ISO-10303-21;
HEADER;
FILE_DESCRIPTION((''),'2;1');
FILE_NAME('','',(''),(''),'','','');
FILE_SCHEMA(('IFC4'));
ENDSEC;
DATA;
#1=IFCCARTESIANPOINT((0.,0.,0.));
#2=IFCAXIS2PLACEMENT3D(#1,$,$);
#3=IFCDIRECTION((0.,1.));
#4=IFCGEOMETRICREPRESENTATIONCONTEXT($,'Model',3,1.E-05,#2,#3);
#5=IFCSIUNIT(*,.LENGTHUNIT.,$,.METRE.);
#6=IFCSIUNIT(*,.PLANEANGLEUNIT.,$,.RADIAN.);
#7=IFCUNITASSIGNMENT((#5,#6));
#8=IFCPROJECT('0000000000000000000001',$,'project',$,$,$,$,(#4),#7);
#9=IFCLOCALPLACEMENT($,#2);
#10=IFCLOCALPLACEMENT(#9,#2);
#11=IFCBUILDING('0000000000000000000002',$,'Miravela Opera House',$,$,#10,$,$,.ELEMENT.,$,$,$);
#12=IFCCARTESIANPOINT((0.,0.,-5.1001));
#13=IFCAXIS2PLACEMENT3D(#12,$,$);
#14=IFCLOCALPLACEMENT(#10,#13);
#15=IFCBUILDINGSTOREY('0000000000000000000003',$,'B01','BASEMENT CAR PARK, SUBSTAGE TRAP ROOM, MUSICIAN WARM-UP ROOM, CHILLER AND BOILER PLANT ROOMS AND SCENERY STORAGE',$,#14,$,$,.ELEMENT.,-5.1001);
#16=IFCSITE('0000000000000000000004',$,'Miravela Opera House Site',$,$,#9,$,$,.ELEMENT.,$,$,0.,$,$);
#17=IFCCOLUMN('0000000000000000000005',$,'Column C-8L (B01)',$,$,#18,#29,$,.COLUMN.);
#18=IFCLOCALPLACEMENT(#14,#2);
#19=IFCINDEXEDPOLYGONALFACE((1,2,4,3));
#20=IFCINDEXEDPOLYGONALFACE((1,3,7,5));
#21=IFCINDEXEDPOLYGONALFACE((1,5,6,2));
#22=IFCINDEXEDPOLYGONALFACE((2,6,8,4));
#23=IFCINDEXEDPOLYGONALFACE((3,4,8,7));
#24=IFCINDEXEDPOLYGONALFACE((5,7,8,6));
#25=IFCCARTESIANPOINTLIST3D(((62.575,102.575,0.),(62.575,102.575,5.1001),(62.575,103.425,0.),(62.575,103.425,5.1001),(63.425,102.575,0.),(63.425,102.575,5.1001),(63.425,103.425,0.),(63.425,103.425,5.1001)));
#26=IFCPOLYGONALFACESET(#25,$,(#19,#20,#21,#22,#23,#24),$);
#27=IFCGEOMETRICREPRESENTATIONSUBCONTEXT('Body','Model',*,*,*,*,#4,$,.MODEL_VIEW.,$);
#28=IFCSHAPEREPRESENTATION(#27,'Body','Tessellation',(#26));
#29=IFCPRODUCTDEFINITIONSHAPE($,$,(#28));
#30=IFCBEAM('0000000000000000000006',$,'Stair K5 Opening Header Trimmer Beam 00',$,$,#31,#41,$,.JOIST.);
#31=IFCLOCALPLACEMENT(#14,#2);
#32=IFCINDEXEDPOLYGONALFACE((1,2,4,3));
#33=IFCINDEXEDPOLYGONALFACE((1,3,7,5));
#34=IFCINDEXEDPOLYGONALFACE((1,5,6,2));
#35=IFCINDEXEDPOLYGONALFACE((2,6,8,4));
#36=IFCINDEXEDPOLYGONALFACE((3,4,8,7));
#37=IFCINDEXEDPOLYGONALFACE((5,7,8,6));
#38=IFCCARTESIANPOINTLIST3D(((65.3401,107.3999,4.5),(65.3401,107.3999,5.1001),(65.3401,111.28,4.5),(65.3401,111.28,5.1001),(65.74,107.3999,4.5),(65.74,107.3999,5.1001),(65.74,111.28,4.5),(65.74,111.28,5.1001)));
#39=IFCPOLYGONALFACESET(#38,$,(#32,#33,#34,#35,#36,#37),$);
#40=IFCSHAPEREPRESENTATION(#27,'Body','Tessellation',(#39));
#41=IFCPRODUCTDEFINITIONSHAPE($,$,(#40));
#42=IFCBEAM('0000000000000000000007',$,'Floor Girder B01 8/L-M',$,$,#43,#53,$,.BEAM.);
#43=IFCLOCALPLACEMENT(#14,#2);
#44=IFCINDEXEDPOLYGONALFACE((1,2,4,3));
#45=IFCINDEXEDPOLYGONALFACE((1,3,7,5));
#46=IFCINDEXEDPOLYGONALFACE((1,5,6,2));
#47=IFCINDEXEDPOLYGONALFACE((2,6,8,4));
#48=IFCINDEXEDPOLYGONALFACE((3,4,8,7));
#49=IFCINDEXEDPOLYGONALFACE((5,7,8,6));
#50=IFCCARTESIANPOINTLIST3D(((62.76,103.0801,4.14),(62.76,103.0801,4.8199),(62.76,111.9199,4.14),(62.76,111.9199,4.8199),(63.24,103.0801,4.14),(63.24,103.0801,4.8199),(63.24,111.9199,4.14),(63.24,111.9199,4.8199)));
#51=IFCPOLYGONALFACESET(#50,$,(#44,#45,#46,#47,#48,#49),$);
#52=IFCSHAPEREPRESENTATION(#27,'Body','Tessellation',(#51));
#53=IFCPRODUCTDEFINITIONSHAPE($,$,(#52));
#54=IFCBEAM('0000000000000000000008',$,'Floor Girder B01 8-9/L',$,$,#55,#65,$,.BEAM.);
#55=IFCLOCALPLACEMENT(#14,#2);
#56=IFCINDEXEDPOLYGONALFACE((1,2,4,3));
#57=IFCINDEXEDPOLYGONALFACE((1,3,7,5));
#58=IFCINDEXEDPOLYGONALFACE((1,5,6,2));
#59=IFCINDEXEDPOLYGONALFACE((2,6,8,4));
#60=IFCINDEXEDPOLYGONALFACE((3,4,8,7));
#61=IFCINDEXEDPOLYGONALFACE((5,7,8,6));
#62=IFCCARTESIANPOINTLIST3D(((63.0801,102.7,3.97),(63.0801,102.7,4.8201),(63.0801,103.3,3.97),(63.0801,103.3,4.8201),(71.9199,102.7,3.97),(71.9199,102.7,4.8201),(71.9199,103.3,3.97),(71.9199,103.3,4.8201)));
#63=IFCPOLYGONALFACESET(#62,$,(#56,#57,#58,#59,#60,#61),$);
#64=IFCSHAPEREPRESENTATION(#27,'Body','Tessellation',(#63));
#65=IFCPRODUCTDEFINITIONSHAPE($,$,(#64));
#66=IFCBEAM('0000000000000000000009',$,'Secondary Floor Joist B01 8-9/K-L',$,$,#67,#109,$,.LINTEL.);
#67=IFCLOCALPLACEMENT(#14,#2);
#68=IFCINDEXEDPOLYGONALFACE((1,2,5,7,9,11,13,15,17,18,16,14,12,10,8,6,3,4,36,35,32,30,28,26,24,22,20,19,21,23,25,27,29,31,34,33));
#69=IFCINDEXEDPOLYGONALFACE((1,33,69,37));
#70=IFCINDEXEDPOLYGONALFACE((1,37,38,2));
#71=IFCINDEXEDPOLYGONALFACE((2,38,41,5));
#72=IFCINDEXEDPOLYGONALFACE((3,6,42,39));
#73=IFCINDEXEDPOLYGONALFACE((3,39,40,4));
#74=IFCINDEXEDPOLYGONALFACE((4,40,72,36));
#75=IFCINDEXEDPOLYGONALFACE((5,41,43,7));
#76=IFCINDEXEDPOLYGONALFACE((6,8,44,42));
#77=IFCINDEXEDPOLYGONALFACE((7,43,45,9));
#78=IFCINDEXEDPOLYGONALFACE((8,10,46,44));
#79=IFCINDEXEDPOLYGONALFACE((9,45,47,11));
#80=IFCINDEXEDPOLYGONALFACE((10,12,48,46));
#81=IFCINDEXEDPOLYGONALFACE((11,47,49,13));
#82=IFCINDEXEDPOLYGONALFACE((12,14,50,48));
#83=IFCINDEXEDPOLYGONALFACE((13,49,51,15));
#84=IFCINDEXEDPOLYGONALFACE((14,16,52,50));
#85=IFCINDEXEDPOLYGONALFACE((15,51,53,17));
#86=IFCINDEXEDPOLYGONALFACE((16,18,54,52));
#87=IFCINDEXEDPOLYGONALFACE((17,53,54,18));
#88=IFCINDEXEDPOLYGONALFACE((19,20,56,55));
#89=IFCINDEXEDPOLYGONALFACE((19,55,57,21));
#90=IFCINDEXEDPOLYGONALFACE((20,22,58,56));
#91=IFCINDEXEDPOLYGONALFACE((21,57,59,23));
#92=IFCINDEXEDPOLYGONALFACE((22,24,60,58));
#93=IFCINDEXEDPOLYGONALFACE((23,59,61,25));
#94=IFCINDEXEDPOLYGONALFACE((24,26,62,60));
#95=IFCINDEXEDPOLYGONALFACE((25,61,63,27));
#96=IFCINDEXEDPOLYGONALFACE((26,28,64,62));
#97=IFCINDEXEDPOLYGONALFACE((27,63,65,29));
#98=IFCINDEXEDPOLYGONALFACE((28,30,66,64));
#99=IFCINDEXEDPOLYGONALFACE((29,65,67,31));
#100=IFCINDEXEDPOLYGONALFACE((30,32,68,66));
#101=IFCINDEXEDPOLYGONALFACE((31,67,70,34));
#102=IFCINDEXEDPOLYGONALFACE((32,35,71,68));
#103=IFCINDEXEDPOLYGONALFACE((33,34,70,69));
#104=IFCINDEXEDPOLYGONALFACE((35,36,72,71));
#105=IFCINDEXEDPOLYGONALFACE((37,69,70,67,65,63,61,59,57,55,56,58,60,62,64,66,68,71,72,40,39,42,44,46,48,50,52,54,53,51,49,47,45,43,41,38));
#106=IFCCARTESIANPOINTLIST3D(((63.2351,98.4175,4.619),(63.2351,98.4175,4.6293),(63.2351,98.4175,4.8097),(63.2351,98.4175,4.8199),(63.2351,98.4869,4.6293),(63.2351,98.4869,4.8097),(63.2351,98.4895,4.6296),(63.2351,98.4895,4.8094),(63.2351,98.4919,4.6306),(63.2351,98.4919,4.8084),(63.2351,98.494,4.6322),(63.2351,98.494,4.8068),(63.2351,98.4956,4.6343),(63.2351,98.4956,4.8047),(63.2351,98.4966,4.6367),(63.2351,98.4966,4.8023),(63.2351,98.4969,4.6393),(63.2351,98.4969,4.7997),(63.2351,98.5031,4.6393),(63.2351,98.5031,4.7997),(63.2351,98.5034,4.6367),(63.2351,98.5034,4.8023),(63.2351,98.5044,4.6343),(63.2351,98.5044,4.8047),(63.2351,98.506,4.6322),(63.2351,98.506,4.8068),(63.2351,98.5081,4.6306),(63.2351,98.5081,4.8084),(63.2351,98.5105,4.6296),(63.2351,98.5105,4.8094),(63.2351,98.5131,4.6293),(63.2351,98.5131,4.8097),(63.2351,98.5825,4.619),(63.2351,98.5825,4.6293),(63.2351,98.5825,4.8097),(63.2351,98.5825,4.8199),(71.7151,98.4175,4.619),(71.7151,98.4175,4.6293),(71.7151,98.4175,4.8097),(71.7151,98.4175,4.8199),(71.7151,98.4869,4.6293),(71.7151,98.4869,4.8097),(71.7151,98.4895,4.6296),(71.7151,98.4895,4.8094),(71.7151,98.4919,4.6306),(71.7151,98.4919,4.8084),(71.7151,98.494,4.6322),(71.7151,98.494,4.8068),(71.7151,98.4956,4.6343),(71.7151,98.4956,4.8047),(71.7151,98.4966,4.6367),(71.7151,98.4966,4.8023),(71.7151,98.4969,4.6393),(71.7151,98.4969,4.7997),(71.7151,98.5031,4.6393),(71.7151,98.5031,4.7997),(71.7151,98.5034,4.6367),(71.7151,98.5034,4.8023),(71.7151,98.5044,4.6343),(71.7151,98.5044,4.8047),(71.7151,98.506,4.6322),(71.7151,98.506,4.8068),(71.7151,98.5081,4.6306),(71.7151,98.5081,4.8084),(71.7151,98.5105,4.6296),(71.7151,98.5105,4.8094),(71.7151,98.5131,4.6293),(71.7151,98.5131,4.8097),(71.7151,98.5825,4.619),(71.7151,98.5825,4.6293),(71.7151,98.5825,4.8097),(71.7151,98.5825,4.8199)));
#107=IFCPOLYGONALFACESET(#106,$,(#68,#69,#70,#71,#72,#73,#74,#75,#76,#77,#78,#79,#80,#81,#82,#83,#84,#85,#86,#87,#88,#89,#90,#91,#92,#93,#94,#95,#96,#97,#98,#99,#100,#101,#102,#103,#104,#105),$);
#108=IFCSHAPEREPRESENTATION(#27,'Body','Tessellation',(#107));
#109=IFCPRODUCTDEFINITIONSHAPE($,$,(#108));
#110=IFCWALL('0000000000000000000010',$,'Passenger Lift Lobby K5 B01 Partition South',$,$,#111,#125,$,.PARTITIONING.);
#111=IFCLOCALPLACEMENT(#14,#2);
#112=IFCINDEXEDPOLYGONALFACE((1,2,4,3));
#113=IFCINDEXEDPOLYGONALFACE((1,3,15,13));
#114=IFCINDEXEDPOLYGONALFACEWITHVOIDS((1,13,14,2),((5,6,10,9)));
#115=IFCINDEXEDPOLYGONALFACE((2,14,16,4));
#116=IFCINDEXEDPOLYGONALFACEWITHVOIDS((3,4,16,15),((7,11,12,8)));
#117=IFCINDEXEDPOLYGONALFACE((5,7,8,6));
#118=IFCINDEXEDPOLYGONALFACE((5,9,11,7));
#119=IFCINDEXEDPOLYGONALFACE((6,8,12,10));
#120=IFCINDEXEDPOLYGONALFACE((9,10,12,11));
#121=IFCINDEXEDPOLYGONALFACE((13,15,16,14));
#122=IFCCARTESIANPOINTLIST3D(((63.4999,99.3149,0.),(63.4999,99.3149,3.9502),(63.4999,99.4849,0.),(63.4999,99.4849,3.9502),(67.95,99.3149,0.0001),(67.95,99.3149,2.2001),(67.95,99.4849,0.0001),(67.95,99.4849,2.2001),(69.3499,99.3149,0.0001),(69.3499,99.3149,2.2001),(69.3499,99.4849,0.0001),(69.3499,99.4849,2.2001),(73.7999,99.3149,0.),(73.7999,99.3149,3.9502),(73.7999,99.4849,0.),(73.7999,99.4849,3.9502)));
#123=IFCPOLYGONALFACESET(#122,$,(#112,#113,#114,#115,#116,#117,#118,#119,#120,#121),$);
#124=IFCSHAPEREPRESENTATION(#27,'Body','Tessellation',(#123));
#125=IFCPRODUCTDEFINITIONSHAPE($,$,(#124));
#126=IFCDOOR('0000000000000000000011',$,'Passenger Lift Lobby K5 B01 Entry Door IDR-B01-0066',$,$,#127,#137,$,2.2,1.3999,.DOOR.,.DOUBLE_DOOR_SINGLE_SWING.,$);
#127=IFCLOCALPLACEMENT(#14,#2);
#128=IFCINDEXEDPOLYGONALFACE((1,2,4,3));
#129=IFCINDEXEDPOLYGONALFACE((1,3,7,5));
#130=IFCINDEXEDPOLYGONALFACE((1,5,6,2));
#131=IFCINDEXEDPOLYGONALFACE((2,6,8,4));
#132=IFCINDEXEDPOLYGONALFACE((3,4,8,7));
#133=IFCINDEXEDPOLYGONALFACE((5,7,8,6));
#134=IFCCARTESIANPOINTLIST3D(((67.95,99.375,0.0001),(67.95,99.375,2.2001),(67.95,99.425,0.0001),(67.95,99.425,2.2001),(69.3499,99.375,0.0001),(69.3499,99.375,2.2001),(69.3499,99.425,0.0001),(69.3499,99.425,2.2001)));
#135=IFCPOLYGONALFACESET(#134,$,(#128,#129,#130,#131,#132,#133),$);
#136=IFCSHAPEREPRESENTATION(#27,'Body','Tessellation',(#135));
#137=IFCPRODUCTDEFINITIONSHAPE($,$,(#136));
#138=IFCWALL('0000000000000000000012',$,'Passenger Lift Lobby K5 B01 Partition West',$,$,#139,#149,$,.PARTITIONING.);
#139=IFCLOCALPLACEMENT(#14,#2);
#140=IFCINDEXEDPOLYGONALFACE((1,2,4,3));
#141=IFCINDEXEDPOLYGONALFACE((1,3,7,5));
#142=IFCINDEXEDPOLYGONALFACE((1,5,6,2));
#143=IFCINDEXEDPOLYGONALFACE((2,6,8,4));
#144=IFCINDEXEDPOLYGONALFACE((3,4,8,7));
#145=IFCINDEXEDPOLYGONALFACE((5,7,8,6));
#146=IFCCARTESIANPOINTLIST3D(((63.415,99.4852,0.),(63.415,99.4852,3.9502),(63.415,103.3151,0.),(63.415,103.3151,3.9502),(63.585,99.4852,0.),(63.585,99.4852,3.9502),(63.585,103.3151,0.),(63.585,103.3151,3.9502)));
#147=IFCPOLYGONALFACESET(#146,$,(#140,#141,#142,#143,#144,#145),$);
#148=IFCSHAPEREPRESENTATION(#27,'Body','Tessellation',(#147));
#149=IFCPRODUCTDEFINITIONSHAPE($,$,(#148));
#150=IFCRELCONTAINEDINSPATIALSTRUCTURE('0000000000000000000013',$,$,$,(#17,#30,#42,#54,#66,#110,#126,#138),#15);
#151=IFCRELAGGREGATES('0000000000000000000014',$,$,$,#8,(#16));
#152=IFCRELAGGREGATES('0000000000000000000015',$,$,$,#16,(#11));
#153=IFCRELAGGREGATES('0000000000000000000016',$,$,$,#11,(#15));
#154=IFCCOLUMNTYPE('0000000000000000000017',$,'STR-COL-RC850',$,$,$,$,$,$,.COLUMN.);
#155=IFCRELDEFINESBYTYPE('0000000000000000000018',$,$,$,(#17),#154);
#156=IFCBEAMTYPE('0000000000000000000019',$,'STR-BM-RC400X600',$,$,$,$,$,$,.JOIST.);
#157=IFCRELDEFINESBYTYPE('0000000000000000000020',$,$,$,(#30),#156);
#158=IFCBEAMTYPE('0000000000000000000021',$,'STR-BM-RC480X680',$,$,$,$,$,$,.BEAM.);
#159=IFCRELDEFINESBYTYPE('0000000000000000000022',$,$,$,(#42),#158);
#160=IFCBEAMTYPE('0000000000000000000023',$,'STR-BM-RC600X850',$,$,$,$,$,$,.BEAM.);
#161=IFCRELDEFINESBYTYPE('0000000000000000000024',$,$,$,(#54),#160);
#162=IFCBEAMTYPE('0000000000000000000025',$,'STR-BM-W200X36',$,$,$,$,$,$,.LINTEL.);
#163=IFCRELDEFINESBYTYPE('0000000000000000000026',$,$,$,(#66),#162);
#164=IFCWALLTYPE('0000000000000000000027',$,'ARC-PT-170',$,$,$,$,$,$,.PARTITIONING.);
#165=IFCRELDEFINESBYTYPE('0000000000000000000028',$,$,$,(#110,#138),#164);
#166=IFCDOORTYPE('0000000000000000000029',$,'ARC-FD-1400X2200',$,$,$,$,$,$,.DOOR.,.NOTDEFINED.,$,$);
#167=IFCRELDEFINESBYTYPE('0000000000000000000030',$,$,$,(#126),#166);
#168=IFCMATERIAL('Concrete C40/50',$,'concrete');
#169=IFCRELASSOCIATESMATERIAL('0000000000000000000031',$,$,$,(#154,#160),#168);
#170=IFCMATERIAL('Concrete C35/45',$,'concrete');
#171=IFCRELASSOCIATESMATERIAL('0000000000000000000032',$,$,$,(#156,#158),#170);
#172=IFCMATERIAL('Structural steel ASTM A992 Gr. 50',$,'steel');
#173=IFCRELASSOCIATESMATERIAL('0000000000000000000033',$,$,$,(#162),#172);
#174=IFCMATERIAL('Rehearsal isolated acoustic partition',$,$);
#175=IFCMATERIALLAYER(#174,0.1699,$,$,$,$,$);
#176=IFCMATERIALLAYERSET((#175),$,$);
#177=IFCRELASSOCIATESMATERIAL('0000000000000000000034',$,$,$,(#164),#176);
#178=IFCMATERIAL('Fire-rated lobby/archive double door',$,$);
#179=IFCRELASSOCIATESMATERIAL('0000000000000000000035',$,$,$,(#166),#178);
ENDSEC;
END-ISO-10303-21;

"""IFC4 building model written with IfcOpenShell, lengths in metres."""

from ifc_helpers import new_model, si_unit, direction, frame, frame_2d, origin, origin_2d, place, context, subcontext, project, spatial, rectangle, i_section, extrude, material, layer, layer_set, material_profile, profile_set, type_object, element, fill, save


model = new_model("IFC4")

# Units and contexts
model_context = context("Model", 3, precision=1e-05, world=origin(), true_north=direction((0.0, 1.0)))
body_context = subcontext(model_context, "Body", "Model", "MODEL_VIEW")
ifc_project = project(units=[si_unit("LENGTHUNIT", "METRE"), si_unit("PLANEANGLEUNIT", "RADIAN")], contexts=[model_context])

# Site, building, storey
site_placement = place(None, origin())
site = spatial("IfcSite", under=ifc_project, at=site_placement, Name="Miravela Opera House Site", CompositionType="ELEMENT", RefElevation=0.0)
building_placement = place(site_placement, origin())
building = spatial("IfcBuilding", under=site, at=building_placement, Name="Miravela Opera House", CompositionType="ELEMENT")
storey_placement = place(building_placement, frame((0.0, 0.0, -5.1001)))
storey = spatial("IfcBuildingStorey", under=building, at=storey_placement, Name="B01", Description="BASEMENT CAR PARK, SUBSTAGE TRAP ROOM, MUSICIAN WARM-UP ROOM, CHILLER AND BOILER PLANT ROOMS AND SCENERY STORAGE", CompositionType="ELEMENT", Elevation=-5.1001)

# Shared definitions
ifc_material_1 = material(Name="Concrete C35/45", Category="concrete")

# Column
ifc_material_2 = material(Name="Concrete C40/50", Category="concrete")
ifc_material_profile_1 = material_profile(ifc_material_2, rectangle(XDim=0.8501, YDim=0.8501, at=origin_2d()), Name="RC-COL-850X850")
ifc_profile_set_1 = profile_set([ifc_material_profile_1])
column_type = type_object("IfcColumnType", Name="STR-COL-RC850", PredefinedType="COLUMN", material=ifc_profile_set_1)
column_placement = place(storey_placement, frame((63.0, 103.0, 0.0), z_axis=(0.0, 0.0, 1.0), x_axis=(1.0, 0.0, 0.0)))
element("IfcColumn", 1, at=column_placement, inside=storey, type_object=column_type, Name="Column C-8L (B01)", PredefinedType="COLUMN", context=body_context, shape_type="SweptSolid", body=[
    extrude(rectangle(XDim=0.8501, YDim=0.8501, at=origin_2d()), origin(), (0.0, 0.0, 1.0), 5.1001),
])

# Beams
ifc_material_profile_2 = material_profile(ifc_material_1, rectangle(XDim=0.3999, YDim=0.6001, at=origin_2d()), Name="RC-BM-400X600")
ifc_profile_set_2 = profile_set([ifc_material_profile_2])
beam_type_1 = type_object("IfcBeamType", Name="STR-BM-RC400X600", PredefinedType="JOIST", material=ifc_profile_set_2)
beam_1_placement = place(storey_placement, frame((65.54, 107.3999, 4.8), z_axis=(0.0, 1.0, 0.0), x_axis=(-1.0, 0.0, 0.0)))
element("IfcBeam", 2, at=beam_1_placement, inside=storey, type_object=beam_type_1, Name="Stair K5 Opening Header Trimmer Beam 00", PredefinedType="JOIST", context=body_context, shape_type="SweptSolid", body=[
    extrude(rectangle(XDim=0.3999, YDim=0.6001, at=origin_2d()), origin(), (0.0, 0.0, 1.0), 3.8801),
])
ifc_material_profile_3 = material_profile(ifc_material_1, rectangle(XDim=0.48, YDim=0.6799, at=origin_2d()), Name="RC-BM-480X680")
ifc_profile_set_3 = profile_set([ifc_material_profile_3])
beam_type_2 = type_object("IfcBeamType", Name="STR-BM-RC480X680", PredefinedType="BEAM", material=ifc_profile_set_3)
beam_2_placement = place(storey_placement, frame((63.0, 103.0801, 4.48), z_axis=(0.0, 1.0, 0.0), x_axis=(-1.0, 0.0, 0.0)))
element("IfcBeam", 3, at=beam_2_placement, inside=storey, type_object=beam_type_2, Name="Floor Girder B01 8/L-M", PredefinedType="BEAM", context=body_context, shape_type="SweptSolid", body=[
    extrude(rectangle(XDim=0.48, YDim=0.6799, at=origin_2d()), origin(), (0.0, 0.0, 1.0), 8.8398),
])
ifc_material_profile_4 = material_profile(ifc_material_2, rectangle(XDim=0.6001, YDim=0.8501, at=origin_2d()), Name="RC-BM-600X850")
ifc_profile_set_4 = profile_set([ifc_material_profile_4])
beam_type_3 = type_object("IfcBeamType", Name="STR-BM-RC600X850", PredefinedType="BEAM", material=ifc_profile_set_4)
beam_3_placement = place(storey_placement, frame((63.0801, 103.0, 4.395), z_axis=(1.0, 0.0, 0.0), x_axis=(0.0, 1.0, 0.0)))
element("IfcBeam", 4, at=beam_3_placement, inside=storey, type_object=beam_type_3, Name="Floor Girder B01 8-9/L", PredefinedType="BEAM", context=body_context, shape_type="SweptSolid", body=[
    extrude(rectangle(XDim=0.6001, YDim=0.8501, at=origin_2d()), origin(), (0.0, 0.0, 1.0), 8.8398),
])
ifc_material_3 = material(Name="Structural steel ASTM A992 Gr. 50", Category="steel")
ifc_material_profile_5 = material_profile(ifc_material_3, i_section(OverallWidth=0.165, OverallDepth=0.2009, WebThickness=0.0061, FlangeThickness=0.0103, FilletRadius=0.01, at=origin_2d()), Name="W200X36")
ifc_profile_set_5 = profile_set([ifc_material_profile_5])
beam_type_4 = type_object("IfcBeamType", Name="STR-BM-W200X36", PredefinedType="LINTEL", material=ifc_profile_set_5)
beam_4_placement = place(storey_placement, frame((63.2351, 98.5, 4.7195), z_axis=(1.0, 0.0, 0.0), x_axis=(0.0, 1.0, 0.0)))
element("IfcBeam", 5, at=beam_4_placement, inside=storey, type_object=beam_type_4, Name="Secondary Floor Joist B01 8-9/K-L", PredefinedType="LINTEL", context=body_context, shape_type="SweptSolid", body=[
    extrude(i_section(OverallWidth=0.165, OverallDepth=0.2009, WebThickness=0.0061, FlangeThickness=0.0103, FilletRadius=0.01, at=origin_2d()), origin(), (0.0, 0.0, 1.0), 8.48),
])

# Wall, opening, door
ifc_material_4 = material(Name="Rehearsal isolated acoustic partition")
ifc_layer_1 = layer(ifc_material_4, 0.1699)
ifc_layer_set_1 = layer_set([ifc_layer_1])
wall_type_1 = type_object("IfcWallType", Name="ARC-PT-170", PredefinedType="PARTITIONING", material=ifc_layer_set_1)
wall_1_placement = place(storey_placement, frame((63.5, 99.3999, 0.0), z_axis=(0.0, 0.0, 1.0), x_axis=(1.0, 0.0, 0.0)))
wall_1 = element("IfcWall", 6, at=wall_1_placement, inside=storey, type_object=wall_type_1, Name="Passenger Lift Lobby K5 B01 Partition South", PredefinedType="PARTITIONING", context=body_context, shape_type="SweptSolid", body=[
    extrude(rectangle(XDim=10.3, YDim=0.1699, at=frame_2d((5.1499, 0.0))), origin(), (0.0, 0.0, 1.0), 3.9502),
])
opening_1_placement = place(wall_1_placement, frame((4.45, 0.0, 0.0)))
opening_1 = element("IfcOpeningElement", 7, at=opening_1_placement, cuts=wall_1, PredefinedType="OPENING", context=body_context, shape_type="SweptSolid", body=[
    extrude(rectangle(XDim=1.3999, YDim=2.2, at=frame_2d((0.7, 1.1001))), frame((0.0, 0.095, 0.0), z_axis=(0.0, -1.0, 0.0), x_axis=(1.0, 0.0, 0.0)), (0.0, 0.0, 1.0), 0.1899),
])
ifc_material_5 = material(Name="Fire-rated lobby/archive double door")
door_type_1 = type_object("IfcDoorType", Name="ARC-FD-1400X2200", OperationType="NOTDEFINED", PredefinedType="DOOR", material=ifc_material_5)
door_1_placement = place(opening_1_placement, frame((1.3999, 0.0, 0.0), z_axis=(0.0, 0.0, 1.0), x_axis=(-1.0, 0.0, 0.0)))
door_1 = element("IfcDoor", 8, at=door_1_placement, inside=storey, type_object=door_type_1, Name="Passenger Lift Lobby K5 B01 Entry Door IDR-B01-0066", OperationType="DOUBLE_DOOR_SINGLE_SWING", OverallHeight=2.2, OverallWidth=1.3999, PredefinedType="DOOR", context=body_context, shape_type="SweptSolid", body=[
    extrude(rectangle(XDim=1.3999, YDim=2.2, at=frame_2d((0.7, 1.1001))), frame((0.0, 0.0249, 0.0), z_axis=(0.0, -1.0, 0.0), x_axis=(1.0, 0.0, 0.0)), (0.0, 0.0, 1.0), 0.05),
])
fill(opening_1, door_1)

# Wall
wall_2_placement = place(storey_placement, frame((63.5, 99.4851, 0.0), z_axis=(0.0, 0.0, 1.0), x_axis=(0.0, 1.0, 0.0)))
element("IfcWall", 9, at=wall_2_placement, inside=storey, type_object=wall_type_1, Name="Passenger Lift Lobby K5 B01 Partition West", PredefinedType="PARTITIONING", context=body_context, shape_type="SweptSolid", body=[
    extrude(rectangle(XDim=3.8298, YDim=0.1699, at=frame_2d((1.915, 0.0))), origin(), (0.0, 0.0, 1.0), 3.9502),
])

save(model, "model.ifc")
